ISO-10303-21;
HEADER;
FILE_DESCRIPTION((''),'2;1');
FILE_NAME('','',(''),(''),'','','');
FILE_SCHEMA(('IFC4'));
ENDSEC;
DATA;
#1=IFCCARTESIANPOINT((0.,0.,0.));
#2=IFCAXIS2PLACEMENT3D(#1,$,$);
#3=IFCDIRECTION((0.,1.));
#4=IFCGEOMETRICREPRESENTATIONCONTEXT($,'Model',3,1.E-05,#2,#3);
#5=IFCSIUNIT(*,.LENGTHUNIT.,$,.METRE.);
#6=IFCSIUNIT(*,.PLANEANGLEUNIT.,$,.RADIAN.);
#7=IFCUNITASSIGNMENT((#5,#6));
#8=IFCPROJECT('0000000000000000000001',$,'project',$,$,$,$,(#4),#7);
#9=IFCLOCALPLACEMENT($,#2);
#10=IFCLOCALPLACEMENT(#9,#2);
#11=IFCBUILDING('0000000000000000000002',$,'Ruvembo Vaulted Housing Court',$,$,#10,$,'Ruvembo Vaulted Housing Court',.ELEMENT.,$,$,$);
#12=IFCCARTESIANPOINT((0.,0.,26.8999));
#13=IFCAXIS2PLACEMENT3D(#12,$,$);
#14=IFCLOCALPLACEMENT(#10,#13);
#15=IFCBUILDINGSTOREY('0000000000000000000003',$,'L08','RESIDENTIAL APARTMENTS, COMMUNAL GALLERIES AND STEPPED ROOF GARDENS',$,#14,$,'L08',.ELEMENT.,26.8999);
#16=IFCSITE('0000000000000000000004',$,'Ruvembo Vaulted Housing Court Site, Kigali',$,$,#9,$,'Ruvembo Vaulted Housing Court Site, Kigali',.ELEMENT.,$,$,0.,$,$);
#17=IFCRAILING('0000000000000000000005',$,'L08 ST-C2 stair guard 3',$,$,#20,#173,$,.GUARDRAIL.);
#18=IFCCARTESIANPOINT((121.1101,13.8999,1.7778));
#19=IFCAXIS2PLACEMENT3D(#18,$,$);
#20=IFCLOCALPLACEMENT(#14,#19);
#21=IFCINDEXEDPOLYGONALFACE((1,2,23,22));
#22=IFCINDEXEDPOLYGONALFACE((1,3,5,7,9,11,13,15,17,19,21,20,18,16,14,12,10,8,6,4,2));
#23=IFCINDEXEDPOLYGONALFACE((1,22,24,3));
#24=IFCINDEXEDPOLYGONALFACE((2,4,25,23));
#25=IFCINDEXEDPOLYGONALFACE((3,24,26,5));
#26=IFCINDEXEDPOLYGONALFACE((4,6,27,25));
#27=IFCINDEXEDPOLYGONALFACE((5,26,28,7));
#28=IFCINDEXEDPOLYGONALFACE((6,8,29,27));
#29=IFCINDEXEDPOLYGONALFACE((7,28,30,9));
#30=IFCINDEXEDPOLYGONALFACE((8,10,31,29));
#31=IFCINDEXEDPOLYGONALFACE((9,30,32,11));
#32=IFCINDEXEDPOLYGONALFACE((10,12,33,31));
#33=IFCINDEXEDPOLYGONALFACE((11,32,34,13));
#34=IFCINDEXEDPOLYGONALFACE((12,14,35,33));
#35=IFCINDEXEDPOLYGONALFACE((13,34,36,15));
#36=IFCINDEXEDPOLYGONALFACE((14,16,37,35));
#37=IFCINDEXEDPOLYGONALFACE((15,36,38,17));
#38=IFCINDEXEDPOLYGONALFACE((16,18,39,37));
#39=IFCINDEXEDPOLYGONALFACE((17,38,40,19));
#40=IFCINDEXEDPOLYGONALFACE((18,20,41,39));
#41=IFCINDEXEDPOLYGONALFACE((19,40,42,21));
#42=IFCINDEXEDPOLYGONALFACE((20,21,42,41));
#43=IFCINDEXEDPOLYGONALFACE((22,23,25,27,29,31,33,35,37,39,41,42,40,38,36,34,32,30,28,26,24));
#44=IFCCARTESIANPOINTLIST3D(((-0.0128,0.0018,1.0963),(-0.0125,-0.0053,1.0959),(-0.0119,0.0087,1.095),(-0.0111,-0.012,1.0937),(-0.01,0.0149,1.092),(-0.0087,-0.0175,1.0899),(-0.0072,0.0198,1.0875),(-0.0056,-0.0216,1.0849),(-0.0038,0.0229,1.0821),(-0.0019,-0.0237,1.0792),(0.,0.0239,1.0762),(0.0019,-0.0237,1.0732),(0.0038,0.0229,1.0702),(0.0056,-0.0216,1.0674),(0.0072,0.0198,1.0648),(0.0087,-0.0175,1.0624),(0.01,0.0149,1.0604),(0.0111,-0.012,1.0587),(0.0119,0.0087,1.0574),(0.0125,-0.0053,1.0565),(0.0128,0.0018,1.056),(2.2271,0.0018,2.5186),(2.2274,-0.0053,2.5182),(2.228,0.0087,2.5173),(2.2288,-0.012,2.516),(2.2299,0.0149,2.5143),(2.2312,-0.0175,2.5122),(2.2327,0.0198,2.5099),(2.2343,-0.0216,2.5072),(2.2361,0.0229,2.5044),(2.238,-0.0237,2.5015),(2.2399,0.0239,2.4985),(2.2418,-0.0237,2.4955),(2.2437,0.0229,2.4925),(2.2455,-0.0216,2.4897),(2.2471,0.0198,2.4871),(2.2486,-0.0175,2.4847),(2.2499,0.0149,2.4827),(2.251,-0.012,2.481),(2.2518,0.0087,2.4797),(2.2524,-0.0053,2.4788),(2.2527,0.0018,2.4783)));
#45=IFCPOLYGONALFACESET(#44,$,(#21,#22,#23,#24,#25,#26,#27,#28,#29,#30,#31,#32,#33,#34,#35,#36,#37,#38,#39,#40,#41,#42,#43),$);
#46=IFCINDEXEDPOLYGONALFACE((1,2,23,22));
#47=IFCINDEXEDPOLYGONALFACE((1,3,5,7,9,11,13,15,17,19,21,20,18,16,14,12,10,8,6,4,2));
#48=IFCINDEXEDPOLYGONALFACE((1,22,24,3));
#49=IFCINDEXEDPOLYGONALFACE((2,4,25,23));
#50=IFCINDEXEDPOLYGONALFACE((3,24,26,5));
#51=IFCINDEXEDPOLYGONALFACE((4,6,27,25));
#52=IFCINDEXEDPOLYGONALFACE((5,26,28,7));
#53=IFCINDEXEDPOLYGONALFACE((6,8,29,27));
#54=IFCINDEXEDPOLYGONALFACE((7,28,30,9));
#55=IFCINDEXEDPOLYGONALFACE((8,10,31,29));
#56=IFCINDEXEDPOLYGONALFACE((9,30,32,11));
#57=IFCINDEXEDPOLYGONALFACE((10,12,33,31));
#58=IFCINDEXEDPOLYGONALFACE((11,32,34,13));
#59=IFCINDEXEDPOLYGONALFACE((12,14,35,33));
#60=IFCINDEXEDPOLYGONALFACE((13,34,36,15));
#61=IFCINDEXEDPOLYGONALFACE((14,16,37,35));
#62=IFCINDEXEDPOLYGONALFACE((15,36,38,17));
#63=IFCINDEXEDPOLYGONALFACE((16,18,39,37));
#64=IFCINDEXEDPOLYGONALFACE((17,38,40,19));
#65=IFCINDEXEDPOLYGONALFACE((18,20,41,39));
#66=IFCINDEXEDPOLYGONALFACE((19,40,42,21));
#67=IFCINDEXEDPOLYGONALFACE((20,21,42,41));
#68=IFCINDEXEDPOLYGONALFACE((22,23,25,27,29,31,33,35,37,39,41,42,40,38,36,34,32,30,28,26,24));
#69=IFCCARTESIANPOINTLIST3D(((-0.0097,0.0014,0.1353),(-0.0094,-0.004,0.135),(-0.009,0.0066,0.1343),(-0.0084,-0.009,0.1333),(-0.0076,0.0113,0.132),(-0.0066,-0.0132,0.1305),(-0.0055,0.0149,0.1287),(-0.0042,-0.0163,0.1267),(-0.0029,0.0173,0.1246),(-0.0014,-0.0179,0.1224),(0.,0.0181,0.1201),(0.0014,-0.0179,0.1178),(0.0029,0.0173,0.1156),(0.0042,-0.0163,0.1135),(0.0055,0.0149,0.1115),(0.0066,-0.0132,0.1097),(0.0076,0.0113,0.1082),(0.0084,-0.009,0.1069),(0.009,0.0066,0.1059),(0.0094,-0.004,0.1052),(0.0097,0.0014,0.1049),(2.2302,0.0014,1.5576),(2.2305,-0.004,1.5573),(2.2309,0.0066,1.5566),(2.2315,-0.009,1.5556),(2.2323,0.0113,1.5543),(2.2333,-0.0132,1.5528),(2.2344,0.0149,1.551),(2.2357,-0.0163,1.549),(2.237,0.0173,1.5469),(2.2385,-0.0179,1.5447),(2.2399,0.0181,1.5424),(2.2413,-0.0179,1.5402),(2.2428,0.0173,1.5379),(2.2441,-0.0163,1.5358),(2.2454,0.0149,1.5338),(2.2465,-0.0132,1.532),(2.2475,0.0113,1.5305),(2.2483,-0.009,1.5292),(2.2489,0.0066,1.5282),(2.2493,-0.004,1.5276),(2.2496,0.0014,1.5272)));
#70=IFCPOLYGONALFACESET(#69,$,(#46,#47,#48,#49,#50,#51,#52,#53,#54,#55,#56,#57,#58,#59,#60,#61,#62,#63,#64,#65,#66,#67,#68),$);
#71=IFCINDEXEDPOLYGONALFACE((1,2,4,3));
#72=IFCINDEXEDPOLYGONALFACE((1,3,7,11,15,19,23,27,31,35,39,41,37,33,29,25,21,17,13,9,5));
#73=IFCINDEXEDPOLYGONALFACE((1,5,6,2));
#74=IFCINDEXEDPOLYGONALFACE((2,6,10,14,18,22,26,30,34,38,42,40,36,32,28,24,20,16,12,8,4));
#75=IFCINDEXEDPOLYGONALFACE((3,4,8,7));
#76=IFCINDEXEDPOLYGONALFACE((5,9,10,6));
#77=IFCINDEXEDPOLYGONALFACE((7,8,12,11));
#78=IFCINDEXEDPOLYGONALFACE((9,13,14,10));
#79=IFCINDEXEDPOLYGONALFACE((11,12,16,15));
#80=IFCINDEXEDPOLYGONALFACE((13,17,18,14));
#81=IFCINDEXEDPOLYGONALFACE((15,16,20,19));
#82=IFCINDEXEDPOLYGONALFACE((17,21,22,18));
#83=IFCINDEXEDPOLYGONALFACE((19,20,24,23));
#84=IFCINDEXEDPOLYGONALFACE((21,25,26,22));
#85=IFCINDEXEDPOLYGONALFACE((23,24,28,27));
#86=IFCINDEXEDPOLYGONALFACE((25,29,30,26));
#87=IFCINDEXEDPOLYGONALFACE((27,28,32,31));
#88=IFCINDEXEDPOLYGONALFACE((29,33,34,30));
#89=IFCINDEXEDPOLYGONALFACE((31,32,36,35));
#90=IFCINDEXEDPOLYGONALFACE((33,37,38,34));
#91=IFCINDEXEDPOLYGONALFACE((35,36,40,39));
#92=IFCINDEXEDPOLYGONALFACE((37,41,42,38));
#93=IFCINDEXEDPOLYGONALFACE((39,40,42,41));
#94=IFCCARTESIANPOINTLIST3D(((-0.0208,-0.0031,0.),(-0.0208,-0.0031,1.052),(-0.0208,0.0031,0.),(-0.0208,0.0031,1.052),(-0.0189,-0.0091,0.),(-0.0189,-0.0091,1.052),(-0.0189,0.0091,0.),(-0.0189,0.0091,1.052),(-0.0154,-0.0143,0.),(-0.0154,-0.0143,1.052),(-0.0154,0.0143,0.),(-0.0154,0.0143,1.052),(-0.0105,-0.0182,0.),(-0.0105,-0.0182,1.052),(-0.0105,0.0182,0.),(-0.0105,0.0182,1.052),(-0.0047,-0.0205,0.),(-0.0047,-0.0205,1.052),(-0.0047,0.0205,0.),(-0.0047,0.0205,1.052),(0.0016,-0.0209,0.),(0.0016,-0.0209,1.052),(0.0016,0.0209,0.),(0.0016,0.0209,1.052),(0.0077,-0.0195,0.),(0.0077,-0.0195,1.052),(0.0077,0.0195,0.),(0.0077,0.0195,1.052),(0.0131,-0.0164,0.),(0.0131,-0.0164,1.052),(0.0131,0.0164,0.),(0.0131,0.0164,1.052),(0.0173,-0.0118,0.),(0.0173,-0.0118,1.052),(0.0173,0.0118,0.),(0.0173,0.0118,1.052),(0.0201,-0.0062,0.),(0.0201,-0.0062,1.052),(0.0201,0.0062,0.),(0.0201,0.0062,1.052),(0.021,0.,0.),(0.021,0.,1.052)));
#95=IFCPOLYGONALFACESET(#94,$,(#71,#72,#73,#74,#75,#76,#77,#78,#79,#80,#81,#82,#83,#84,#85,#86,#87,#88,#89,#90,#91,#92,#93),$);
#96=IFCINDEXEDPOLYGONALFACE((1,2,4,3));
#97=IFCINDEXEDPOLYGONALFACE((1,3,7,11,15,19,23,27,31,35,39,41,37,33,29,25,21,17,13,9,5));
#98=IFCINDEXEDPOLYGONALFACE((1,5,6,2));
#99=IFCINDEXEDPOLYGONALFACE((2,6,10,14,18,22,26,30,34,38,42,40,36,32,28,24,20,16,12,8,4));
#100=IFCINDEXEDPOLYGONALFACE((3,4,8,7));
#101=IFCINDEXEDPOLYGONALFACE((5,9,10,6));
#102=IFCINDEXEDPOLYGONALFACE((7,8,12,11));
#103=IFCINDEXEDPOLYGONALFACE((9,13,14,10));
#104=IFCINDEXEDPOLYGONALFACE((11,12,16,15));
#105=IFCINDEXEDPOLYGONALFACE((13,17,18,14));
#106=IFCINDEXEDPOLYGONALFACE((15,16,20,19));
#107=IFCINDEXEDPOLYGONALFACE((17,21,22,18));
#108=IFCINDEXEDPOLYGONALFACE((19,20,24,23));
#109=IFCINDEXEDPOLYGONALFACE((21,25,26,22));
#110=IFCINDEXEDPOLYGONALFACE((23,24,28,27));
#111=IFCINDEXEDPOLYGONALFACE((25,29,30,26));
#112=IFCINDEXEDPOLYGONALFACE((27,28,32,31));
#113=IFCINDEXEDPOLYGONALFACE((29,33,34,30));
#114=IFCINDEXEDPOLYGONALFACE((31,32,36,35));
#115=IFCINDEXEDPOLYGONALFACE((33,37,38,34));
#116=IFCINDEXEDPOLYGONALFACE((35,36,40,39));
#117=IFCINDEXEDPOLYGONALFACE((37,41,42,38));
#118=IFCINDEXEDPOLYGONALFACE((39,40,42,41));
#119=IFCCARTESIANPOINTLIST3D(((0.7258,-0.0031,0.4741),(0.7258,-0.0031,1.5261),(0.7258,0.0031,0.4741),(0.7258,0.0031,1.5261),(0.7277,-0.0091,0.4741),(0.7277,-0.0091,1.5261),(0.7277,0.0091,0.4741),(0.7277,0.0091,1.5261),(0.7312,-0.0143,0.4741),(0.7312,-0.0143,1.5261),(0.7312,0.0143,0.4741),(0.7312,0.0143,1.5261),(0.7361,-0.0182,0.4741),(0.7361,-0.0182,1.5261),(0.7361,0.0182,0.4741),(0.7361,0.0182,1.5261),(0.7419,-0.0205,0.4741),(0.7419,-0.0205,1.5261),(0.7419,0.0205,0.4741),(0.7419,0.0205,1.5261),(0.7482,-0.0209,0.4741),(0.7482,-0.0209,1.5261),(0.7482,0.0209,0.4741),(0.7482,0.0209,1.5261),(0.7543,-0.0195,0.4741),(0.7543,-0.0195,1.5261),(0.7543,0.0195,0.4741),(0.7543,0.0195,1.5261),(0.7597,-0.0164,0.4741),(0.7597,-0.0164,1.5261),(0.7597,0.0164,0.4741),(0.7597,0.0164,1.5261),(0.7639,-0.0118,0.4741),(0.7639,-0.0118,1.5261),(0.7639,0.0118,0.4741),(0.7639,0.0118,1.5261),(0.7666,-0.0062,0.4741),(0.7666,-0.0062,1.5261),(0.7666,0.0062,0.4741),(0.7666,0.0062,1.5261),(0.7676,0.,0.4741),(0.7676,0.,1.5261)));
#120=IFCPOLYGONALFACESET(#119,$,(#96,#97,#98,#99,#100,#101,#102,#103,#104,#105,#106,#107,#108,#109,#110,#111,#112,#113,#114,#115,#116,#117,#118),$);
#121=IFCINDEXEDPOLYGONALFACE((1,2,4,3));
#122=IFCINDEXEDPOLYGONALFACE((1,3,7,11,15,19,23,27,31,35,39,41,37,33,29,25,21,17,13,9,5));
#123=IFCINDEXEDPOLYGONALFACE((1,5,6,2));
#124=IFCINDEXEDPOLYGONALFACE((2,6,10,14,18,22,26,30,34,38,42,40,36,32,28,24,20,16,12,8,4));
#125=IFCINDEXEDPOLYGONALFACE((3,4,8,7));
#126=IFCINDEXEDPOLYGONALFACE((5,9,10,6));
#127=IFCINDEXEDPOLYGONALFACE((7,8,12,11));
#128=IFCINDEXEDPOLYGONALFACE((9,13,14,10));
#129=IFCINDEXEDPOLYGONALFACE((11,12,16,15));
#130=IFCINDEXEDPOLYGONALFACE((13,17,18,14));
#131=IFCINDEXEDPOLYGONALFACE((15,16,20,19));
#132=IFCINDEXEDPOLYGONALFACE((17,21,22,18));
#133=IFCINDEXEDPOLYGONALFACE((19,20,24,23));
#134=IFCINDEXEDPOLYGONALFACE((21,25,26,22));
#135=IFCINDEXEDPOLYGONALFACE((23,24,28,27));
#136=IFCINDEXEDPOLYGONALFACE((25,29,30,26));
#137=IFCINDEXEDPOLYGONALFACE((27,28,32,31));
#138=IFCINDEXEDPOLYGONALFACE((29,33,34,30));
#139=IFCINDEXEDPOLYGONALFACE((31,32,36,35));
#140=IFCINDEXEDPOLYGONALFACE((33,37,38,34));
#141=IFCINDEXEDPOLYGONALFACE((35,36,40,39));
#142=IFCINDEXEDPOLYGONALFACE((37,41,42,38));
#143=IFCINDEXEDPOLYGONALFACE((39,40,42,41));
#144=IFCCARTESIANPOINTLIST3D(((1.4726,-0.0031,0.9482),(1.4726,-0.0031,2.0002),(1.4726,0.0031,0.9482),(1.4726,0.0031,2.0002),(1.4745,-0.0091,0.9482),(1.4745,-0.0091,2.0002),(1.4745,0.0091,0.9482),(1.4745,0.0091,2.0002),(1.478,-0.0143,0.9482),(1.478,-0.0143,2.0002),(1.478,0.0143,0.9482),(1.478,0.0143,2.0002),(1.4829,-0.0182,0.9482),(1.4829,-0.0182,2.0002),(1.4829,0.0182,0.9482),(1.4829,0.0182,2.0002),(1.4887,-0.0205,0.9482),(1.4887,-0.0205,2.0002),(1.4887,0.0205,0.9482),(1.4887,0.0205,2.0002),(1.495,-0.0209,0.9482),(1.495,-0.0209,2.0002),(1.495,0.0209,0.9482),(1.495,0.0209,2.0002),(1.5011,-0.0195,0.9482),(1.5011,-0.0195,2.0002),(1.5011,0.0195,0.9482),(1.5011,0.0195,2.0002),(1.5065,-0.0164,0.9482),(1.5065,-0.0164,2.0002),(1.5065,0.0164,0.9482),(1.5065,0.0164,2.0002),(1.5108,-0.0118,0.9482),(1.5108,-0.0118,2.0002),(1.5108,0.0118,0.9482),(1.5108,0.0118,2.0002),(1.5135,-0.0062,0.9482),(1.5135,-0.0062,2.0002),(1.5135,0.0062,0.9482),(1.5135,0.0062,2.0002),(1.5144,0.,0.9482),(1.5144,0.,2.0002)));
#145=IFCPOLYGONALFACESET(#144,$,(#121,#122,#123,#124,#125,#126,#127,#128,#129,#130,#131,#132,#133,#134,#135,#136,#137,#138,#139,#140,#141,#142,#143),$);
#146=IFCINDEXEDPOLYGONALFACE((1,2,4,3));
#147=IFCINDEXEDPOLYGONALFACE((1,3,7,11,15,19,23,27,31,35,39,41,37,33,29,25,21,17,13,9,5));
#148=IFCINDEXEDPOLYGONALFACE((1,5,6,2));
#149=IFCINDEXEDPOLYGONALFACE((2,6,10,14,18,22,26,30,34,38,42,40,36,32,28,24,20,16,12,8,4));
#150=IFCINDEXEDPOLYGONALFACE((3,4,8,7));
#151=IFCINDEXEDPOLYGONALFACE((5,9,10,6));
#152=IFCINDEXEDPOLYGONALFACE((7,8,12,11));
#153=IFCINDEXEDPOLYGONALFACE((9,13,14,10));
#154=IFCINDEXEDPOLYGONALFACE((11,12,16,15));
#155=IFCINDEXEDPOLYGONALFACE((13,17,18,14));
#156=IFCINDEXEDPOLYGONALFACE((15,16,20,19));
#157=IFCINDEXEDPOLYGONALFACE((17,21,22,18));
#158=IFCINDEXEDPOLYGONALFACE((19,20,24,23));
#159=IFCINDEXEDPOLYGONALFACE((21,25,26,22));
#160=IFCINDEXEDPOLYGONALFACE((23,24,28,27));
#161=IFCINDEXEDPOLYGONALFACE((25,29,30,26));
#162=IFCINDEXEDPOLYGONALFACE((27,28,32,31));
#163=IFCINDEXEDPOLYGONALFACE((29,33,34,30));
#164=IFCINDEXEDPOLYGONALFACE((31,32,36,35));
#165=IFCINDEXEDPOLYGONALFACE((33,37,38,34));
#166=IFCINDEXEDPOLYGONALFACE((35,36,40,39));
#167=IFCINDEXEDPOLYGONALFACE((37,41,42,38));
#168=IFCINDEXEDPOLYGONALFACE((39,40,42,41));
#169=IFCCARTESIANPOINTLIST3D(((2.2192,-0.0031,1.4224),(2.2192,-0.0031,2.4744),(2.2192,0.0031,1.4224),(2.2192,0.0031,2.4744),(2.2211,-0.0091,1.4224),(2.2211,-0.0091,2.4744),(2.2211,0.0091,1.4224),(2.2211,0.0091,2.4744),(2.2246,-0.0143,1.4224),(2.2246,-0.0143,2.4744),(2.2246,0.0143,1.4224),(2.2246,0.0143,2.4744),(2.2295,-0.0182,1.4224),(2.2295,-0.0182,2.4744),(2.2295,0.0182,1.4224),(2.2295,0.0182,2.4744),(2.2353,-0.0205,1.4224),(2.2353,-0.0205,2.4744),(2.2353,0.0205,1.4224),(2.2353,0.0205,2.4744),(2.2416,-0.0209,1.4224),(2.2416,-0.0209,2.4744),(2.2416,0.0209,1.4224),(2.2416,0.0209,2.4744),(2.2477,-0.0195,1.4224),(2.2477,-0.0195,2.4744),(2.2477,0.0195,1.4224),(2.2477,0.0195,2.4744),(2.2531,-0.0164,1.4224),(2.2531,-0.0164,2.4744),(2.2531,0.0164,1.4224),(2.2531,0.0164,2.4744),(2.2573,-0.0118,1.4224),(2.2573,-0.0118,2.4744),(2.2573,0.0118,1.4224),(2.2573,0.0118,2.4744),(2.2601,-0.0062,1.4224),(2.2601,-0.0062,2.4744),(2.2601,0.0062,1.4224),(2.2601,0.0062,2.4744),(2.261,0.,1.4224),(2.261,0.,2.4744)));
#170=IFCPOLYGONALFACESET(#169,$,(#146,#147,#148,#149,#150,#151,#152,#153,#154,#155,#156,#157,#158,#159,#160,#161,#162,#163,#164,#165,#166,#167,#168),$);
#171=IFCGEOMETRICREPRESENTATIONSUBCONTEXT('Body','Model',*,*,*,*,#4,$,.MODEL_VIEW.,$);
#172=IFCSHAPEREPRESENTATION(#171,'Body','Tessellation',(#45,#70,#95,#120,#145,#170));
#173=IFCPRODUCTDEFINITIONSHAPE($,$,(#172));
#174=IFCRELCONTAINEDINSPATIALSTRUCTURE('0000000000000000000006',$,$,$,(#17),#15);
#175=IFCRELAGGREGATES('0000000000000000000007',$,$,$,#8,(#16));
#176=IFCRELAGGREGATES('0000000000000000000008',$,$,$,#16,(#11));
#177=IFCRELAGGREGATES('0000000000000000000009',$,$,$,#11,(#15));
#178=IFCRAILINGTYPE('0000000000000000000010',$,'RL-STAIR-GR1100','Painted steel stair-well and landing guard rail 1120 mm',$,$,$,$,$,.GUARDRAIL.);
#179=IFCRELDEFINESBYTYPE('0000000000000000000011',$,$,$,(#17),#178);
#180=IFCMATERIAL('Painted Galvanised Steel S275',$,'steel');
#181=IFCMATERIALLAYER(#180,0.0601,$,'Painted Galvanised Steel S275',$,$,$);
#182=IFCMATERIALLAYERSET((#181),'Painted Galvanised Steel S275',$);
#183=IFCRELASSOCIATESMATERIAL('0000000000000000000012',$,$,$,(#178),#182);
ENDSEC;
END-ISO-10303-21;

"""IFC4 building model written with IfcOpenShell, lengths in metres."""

from ifc_helpers import new_model, si_unit, direction, frame, origin, origin_2d, place, context, subcontext, project, spatial, circle, extrude, material, layer, layer_set, type_object, element, save


model = new_model("IFC4")

# Units and contexts
model_context = context("Model", 3, precision=1e-05, world=origin(), true_north=direction((0.0, 1.0)))
body_context = subcontext(model_context, "Body", "Model", "MODEL_VIEW")
ifc_project = project(units=[si_unit("LENGTHUNIT", "METRE"), si_unit("PLANEANGLEUNIT", "RADIAN")], contexts=[model_context])

# Site, building, storey
site_placement = place(None, origin())
site = spatial("IfcSite", under=ifc_project, at=site_placement, Name="Ruvembo Vaulted Housing Court Site, Kigali", LongName="Ruvembo Vaulted Housing Court Site, Kigali", CompositionType="ELEMENT", RefElevation=0.0)
building_placement = place(site_placement, origin())
building = spatial("IfcBuilding", under=site, at=building_placement, Name="Ruvembo Vaulted Housing Court", LongName="Ruvembo Vaulted Housing Court", CompositionType="ELEMENT")
storey_placement = place(building_placement, frame((0.0, 0.0, 26.8999)))
storey = spatial("IfcBuildingStorey", under=building, at=storey_placement, Name="L08", Description="RESIDENTIAL APARTMENTS, COMMUNAL GALLERIES AND STEPPED ROOF GARDENS", LongName="L08", CompositionType="ELEMENT", Elevation=26.8999)

# Railing
ifc_material_1 = material(Name="Painted Galvanised Steel S275", Category="steel")
ifc_layer_1 = layer(ifc_material_1, 0.0601, Name="Painted Galvanised Steel S275")
ifc_layer_set_1 = layer_set([ifc_layer_1], Name="Painted Galvanised Steel S275")
railing_type_1 = type_object("IfcRailingType", Name="RL-STAIR-GR1100", Description="Painted steel stair-well and landing guard rail 1120 mm", PredefinedType="GUARDRAIL", material=ifc_layer_set_1)
railing_1_placement = place(storey_placement, frame((121.1101, 13.8999, 1.7778)))
element("IfcRailing", 1, at=railing_1_placement, inside=storey, type_object=railing_type_1, Name="L08 ST-C2 stair guard 3", PredefinedType="GUARDRAIL", context=body_context, shape_type="SweptSolid", body=[
    extrude(circle(Radius=0.0239, at=origin_2d()), frame((0.0, 0.0, 1.0762), z_axis=(0.844188, 0.0, 0.536048), x_axis=(0.0, 1.0, 0.0)), (0.0, 0.0, 1.0), 2.6533),
    extrude(circle(Radius=0.0181, at=origin_2d()), frame((0.0, 0.0, 0.1201), z_axis=(0.844188, 0.0, 0.536048), x_axis=(0.0, 1.0, 0.0)), (0.0, 0.0, 1.0), 2.6533),
    extrude(circle(Radius=0.021, at=origin_2d()), origin(), (0.0, 0.0, 1.0), 1.052),
    extrude(circle(Radius=0.021, at=origin_2d()), frame((0.7466, 0.0, 0.4741)), (0.0, 0.0, 1.0), 1.052),
    extrude(circle(Radius=0.021, at=origin_2d()), frame((1.4934, 0.0, 0.9482)), (0.0, 0.0, 1.0), 1.052),
    extrude(circle(Radius=0.021, at=origin_2d()), frame((2.24, 0.0, 1.4224)), (0.0, 0.0, 1.0), 1.052),
])

save(model, "model.ifc")
